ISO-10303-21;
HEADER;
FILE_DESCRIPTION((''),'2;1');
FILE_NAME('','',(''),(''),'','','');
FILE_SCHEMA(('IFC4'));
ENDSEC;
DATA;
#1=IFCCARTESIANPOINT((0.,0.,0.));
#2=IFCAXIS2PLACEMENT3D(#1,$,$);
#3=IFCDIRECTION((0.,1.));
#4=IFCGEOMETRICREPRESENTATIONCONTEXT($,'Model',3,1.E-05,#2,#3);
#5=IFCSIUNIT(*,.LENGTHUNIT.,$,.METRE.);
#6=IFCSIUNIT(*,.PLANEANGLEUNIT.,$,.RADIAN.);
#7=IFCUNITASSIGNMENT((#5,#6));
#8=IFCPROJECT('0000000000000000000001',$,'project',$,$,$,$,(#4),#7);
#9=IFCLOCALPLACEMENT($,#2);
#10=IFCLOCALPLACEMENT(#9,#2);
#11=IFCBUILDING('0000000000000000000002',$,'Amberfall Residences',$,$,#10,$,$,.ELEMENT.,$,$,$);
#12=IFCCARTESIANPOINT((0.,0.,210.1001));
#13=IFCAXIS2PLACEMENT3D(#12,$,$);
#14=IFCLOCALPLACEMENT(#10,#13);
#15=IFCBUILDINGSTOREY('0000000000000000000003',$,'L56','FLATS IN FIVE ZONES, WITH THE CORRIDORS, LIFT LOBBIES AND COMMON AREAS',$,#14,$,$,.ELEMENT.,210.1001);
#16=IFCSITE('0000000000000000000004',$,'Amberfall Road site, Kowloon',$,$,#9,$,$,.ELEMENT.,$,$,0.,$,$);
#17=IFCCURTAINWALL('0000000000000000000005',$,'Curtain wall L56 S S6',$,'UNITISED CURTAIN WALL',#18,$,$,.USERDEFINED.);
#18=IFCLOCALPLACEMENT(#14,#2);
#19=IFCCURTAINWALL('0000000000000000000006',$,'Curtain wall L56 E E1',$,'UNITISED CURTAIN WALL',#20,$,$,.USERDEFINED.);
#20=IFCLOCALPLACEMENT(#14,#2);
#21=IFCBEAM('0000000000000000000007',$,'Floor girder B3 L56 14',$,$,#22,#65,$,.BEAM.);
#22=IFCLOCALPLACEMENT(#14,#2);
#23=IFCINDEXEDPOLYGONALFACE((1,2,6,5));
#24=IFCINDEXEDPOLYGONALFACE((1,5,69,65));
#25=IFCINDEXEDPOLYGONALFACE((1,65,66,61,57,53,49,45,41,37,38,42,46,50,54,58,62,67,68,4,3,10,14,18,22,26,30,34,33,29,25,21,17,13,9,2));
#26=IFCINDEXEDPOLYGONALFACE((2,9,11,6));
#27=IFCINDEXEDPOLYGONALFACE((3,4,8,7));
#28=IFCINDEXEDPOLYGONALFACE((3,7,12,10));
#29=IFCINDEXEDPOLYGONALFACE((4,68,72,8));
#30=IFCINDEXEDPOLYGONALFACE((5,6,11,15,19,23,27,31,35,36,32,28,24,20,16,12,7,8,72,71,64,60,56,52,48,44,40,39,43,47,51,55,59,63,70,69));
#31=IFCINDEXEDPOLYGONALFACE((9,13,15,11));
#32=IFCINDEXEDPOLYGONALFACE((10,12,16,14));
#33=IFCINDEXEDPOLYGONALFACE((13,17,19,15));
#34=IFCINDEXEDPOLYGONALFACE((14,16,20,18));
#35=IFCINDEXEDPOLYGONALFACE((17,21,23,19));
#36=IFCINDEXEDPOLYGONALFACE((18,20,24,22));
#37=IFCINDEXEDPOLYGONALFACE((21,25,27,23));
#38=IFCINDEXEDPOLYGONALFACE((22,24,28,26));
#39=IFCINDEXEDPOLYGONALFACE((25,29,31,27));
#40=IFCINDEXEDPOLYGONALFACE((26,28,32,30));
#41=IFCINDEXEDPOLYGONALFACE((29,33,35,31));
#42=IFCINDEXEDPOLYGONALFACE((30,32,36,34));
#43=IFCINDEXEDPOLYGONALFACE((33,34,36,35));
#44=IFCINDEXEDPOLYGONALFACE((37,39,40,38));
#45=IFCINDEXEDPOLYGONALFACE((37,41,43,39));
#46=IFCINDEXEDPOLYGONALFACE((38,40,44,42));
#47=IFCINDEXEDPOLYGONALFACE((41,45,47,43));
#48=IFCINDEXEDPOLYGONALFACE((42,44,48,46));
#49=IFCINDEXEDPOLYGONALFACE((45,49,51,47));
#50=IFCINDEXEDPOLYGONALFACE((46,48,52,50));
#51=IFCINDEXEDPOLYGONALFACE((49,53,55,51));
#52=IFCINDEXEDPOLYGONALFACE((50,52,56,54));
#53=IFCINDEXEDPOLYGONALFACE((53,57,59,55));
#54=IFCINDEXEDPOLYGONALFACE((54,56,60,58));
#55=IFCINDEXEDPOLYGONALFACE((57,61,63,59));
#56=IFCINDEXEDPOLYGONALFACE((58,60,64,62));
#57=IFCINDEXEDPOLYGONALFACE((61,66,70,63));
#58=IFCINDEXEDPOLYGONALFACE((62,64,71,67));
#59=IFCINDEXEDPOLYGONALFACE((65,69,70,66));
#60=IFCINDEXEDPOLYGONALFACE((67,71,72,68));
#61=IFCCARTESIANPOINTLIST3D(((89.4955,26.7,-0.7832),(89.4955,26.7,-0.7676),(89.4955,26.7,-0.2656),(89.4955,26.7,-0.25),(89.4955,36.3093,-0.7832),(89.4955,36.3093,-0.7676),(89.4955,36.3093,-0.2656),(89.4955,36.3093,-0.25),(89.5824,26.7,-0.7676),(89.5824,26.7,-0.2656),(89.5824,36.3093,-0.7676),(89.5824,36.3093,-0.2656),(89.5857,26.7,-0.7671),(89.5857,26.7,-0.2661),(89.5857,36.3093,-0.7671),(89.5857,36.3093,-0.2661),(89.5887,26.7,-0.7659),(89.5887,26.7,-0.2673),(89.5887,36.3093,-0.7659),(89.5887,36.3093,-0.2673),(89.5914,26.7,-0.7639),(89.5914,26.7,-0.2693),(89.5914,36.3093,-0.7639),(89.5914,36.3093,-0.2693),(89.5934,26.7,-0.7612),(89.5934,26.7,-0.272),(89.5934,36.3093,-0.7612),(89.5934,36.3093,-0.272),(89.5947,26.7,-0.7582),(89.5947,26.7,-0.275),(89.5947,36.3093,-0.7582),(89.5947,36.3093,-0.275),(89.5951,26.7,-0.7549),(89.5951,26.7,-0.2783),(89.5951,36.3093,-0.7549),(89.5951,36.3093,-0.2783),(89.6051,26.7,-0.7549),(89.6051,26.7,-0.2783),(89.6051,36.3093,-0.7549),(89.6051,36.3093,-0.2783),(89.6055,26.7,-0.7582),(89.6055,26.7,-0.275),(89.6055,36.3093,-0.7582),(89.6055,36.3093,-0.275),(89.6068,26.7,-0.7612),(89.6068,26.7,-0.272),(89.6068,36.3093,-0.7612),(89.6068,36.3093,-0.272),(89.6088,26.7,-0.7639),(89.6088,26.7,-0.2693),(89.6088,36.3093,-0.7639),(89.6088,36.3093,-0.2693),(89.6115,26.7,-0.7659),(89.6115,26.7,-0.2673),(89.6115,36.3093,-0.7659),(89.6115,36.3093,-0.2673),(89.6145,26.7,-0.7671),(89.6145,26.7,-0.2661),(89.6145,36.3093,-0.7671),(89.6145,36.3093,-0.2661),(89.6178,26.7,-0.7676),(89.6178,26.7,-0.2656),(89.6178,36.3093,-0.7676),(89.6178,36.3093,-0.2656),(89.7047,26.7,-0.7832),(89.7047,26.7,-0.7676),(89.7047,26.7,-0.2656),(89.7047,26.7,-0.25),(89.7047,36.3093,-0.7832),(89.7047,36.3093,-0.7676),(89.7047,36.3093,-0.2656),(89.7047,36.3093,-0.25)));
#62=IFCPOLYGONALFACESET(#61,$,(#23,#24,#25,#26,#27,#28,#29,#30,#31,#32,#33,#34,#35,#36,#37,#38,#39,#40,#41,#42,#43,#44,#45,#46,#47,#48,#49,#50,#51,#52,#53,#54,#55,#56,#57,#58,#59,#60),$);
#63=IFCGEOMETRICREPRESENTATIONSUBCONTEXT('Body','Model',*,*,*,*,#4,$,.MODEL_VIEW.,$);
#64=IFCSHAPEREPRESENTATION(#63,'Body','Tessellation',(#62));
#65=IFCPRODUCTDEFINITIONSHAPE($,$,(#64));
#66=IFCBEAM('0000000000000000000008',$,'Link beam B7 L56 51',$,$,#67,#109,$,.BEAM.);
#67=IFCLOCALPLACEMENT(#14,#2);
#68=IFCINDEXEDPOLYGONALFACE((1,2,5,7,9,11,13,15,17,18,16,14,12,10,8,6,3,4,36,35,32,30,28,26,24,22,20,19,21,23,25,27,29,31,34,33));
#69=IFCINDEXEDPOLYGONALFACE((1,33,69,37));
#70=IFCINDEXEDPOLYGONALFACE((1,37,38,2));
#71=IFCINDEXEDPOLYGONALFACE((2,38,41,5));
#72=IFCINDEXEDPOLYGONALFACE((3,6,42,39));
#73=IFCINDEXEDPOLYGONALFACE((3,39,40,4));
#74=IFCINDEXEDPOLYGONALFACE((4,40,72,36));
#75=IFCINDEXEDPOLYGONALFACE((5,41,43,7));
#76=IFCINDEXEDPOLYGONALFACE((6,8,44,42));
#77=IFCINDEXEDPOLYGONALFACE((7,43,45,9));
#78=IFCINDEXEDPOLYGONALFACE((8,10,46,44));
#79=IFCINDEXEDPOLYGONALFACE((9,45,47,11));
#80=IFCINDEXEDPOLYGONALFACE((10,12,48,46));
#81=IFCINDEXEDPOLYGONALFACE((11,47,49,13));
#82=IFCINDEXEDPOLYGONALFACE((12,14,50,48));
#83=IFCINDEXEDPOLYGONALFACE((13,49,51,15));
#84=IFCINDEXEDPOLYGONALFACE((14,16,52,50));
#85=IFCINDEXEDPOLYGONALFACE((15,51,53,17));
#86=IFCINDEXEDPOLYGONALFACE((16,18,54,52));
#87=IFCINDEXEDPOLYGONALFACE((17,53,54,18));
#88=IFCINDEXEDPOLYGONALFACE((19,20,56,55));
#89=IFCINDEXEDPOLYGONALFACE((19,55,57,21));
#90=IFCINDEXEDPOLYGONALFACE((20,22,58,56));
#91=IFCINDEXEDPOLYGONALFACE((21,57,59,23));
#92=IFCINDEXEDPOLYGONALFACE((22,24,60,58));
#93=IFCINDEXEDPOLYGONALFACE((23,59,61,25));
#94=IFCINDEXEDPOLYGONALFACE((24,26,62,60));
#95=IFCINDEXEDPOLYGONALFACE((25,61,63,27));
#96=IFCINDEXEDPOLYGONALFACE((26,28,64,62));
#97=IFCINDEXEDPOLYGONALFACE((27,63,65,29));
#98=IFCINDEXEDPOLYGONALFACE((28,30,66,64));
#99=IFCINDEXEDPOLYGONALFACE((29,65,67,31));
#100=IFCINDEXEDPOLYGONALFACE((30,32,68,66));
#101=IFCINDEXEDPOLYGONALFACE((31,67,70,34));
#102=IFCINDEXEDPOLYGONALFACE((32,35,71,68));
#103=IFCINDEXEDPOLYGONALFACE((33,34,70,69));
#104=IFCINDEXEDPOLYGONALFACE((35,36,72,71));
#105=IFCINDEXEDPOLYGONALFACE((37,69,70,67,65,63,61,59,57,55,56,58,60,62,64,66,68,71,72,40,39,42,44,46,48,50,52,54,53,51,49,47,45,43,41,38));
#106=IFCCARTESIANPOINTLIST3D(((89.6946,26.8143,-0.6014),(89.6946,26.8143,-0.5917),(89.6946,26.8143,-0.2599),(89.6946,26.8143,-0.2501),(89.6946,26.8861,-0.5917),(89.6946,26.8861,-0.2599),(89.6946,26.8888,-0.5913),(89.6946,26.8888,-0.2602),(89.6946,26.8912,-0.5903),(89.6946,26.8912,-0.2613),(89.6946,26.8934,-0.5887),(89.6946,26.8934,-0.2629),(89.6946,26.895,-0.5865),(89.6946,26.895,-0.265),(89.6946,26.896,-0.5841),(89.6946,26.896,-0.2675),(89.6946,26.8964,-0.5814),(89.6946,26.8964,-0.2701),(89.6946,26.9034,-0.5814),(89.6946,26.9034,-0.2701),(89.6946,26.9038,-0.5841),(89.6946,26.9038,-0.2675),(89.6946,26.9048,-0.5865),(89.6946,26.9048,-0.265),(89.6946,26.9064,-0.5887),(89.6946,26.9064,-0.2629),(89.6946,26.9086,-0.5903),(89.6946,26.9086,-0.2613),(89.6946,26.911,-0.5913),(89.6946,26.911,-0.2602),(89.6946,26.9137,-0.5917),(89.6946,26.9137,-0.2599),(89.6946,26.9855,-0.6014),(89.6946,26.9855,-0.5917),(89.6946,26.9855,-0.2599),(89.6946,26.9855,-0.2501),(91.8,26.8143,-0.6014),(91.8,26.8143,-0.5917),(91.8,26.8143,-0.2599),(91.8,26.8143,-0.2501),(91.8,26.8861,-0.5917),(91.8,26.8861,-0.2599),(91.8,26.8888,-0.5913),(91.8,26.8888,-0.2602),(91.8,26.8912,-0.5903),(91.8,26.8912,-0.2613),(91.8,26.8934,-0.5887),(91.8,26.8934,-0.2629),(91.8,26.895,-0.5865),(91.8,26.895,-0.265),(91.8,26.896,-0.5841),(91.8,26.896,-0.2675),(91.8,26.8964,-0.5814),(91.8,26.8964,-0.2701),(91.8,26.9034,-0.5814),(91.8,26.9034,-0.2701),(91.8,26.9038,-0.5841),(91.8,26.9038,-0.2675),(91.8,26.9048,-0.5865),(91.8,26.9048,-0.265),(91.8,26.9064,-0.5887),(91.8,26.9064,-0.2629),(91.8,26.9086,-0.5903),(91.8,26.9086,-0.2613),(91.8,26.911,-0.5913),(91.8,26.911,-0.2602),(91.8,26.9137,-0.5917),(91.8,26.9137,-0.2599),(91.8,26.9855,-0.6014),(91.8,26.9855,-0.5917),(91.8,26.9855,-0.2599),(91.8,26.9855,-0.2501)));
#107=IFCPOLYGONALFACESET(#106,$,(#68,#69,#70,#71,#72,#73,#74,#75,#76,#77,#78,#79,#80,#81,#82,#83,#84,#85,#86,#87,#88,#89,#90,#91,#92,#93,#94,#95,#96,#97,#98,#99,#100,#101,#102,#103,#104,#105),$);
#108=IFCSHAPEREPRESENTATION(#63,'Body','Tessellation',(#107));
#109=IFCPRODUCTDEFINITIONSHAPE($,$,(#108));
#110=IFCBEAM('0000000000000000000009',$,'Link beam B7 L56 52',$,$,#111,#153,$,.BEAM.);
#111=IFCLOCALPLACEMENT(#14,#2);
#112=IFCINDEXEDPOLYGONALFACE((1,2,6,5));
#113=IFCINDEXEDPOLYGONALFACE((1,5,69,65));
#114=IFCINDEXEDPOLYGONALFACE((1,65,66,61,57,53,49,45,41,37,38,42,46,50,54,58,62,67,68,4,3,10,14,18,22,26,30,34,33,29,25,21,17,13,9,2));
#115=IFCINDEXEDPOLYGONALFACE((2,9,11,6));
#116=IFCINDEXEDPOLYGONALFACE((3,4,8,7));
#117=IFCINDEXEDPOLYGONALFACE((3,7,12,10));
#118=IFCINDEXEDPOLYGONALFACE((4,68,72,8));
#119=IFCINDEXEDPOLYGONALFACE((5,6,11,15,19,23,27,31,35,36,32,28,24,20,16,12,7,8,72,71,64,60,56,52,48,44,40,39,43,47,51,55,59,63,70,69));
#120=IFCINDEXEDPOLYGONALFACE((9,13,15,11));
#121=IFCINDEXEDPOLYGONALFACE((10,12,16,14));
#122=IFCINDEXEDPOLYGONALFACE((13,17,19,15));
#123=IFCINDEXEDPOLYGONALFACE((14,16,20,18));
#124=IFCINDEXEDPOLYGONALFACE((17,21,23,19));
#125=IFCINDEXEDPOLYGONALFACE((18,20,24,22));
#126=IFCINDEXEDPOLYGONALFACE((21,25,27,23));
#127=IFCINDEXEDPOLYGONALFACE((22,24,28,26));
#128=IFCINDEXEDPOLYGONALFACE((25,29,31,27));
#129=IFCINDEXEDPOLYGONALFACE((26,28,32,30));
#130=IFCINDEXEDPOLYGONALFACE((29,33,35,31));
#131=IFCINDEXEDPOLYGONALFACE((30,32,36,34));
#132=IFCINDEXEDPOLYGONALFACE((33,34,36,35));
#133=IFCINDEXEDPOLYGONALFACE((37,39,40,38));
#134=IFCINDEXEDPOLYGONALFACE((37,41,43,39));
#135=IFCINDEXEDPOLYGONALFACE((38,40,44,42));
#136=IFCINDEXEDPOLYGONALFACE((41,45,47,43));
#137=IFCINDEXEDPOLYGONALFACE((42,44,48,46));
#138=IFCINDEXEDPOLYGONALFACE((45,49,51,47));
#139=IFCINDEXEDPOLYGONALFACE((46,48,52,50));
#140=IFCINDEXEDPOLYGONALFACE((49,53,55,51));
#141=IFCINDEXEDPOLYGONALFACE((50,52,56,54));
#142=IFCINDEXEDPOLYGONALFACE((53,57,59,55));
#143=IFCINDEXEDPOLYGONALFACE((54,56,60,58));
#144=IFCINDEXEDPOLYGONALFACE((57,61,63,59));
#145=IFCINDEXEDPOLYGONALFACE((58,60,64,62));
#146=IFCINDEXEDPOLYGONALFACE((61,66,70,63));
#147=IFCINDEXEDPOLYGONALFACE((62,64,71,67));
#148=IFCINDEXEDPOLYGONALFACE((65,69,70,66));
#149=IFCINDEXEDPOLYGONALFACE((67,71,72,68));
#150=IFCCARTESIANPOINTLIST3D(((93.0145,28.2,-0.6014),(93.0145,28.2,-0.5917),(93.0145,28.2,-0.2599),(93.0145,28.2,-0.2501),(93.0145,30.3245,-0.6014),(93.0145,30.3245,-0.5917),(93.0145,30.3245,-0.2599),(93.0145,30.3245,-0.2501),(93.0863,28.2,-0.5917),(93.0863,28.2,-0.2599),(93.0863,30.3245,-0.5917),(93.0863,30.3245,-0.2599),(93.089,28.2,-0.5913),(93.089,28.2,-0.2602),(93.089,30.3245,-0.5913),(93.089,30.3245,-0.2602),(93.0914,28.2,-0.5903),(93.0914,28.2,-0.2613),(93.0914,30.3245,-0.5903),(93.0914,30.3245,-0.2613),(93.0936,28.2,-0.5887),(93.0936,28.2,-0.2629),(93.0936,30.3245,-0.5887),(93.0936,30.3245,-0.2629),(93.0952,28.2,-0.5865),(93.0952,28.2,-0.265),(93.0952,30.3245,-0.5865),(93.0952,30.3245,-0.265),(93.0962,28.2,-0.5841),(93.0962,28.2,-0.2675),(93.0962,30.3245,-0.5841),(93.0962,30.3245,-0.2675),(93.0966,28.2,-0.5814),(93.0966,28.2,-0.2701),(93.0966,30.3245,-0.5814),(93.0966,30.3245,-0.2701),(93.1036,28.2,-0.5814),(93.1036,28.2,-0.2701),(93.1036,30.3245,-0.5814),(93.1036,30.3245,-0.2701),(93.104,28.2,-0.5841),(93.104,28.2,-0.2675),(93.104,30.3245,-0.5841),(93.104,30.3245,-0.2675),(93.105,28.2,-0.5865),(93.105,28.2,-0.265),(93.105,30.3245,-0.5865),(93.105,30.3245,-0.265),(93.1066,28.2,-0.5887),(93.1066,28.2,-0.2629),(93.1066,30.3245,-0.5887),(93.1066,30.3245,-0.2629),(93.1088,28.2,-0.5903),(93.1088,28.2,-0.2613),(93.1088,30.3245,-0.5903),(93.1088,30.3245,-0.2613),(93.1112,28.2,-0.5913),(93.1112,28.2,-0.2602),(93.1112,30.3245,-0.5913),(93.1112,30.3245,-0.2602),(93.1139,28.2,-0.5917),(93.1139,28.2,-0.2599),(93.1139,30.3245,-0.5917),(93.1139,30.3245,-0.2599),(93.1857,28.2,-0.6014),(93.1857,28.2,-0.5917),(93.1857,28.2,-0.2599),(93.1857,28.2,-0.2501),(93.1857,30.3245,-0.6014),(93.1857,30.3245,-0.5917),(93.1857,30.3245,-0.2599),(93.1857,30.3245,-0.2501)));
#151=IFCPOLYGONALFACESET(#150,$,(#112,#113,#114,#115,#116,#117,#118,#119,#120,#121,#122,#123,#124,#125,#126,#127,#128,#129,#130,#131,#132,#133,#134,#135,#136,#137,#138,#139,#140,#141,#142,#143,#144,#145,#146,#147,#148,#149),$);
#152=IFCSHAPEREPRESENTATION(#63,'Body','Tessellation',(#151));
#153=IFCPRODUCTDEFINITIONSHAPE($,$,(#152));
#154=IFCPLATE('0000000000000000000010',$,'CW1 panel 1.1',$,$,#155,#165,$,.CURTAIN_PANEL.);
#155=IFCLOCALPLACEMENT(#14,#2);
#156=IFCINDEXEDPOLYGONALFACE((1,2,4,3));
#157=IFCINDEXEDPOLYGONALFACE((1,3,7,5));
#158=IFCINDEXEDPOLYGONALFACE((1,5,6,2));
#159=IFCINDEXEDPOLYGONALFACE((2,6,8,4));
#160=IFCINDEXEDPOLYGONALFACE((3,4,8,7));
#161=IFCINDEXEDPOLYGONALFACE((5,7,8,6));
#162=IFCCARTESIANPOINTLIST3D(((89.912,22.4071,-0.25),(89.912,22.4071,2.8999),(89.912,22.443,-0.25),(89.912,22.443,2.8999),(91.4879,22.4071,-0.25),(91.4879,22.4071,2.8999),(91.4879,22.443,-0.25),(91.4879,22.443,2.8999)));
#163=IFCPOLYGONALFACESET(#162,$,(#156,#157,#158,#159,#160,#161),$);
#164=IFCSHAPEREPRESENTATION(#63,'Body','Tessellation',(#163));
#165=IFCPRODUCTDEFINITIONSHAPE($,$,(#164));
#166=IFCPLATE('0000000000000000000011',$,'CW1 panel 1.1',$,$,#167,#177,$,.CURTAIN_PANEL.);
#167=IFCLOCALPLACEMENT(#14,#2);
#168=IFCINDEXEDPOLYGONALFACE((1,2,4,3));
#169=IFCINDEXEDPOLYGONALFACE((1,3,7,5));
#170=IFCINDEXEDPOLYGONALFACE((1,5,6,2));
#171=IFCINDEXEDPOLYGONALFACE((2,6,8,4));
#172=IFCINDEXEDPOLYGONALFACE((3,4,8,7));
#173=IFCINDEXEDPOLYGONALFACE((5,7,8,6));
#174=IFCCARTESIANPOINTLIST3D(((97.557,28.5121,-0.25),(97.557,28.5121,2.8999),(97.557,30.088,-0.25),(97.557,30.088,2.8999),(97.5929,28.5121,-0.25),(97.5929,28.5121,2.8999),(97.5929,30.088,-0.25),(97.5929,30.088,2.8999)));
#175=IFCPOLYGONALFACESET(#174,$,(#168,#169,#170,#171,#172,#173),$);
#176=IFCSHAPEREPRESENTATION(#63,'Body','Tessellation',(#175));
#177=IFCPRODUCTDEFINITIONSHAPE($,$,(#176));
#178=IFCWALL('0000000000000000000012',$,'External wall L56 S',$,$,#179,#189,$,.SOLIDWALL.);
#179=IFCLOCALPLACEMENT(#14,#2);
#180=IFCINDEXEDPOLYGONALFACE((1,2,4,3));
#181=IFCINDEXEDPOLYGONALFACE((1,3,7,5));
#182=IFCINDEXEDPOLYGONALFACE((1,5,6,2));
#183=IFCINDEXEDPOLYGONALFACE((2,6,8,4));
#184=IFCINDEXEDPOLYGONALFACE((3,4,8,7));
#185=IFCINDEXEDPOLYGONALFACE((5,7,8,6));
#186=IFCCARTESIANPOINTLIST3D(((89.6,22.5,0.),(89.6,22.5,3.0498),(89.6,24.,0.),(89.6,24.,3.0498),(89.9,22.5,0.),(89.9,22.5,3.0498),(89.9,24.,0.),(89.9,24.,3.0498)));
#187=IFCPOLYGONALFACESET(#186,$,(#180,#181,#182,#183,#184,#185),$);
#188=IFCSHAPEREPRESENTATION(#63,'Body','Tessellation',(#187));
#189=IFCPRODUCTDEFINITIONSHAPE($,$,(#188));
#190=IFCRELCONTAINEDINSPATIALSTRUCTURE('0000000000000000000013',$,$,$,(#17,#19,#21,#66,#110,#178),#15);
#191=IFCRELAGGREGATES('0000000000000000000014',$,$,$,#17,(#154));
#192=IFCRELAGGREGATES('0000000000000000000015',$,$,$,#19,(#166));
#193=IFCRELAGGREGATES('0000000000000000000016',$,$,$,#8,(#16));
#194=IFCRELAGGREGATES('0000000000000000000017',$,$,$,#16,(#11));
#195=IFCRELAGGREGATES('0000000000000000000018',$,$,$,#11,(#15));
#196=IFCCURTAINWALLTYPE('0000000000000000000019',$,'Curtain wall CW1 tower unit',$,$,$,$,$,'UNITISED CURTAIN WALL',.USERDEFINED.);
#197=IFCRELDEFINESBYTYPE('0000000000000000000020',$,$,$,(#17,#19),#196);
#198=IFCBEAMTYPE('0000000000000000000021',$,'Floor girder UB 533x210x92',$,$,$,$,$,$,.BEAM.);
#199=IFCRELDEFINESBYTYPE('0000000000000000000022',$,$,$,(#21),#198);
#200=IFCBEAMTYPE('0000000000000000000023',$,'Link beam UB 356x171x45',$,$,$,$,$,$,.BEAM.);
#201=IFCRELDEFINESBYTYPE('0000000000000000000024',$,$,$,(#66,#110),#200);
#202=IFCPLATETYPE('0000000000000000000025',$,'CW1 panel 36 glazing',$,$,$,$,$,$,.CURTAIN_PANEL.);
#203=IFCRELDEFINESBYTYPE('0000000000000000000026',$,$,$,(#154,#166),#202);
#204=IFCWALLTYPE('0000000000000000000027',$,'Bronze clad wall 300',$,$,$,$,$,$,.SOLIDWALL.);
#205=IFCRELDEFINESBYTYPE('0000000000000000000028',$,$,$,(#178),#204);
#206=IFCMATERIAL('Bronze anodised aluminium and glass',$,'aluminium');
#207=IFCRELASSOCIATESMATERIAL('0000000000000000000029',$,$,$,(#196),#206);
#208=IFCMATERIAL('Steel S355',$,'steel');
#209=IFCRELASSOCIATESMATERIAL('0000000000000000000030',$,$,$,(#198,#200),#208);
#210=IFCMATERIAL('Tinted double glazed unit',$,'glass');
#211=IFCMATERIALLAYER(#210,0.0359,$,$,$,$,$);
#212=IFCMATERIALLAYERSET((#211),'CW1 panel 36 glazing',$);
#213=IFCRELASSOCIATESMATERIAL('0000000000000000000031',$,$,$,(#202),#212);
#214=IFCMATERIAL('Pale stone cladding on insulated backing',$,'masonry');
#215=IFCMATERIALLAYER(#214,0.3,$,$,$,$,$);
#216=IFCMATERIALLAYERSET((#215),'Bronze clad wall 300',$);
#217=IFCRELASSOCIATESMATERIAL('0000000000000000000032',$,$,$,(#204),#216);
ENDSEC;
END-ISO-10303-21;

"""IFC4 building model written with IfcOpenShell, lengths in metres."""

from ifc_helpers import new_model, si_unit, direction, frame, frame_2d, origin, origin_2d, place, context, subcontext, project, spatial, rectangle, i_section, extrude, material, layer, layer_set, material_profile, profile_set, type_object, element, aggregate, save


model = new_model("IFC4")

# Units and contexts
model_context = context("Model", 3, precision=1e-05, world=origin(), true_north=direction((0.0, 1.0)))
body_context = subcontext(model_context, "Body", "Model", "MODEL_VIEW")
ifc_project = project(units=[si_unit("LENGTHUNIT", "METRE"), si_unit("PLANEANGLEUNIT", "RADIAN")], contexts=[model_context])

# Site, building, storey
site_placement = place(None, origin())
site = spatial("IfcSite", under=ifc_project, at=site_placement, Name="Amberfall Road site, Kowloon", CompositionType="ELEMENT", RefElevation=0.0)
building_placement = place(site_placement, origin())
building = spatial("IfcBuilding", under=site, at=building_placement, Name="Amberfall Residences", CompositionType="ELEMENT")
storey_placement = place(building_placement, frame((0.0, 0.0, 210.1001)))
storey = spatial("IfcBuildingStorey", under=building, at=storey_placement, Name="L56", Description="FLATS IN FIVE ZONES, WITH THE CORRIDORS, LIFT LOBBIES AND COMMON AREAS", CompositionType="ELEMENT", Elevation=210.1001)

# Curtain walls
ifc_material_1 = material(Name="Bronze anodised aluminium and glass", Category="aluminium")
curtain_wall_type = type_object("IfcCurtainWallType", Name="Curtain wall CW1 tower unit", ElementType="UNITISED CURTAIN WALL", PredefinedType="USERDEFINED", material=ifc_material_1)
curtain_wall_1_placement = place(storey_placement, origin())
curtain_wall_1 = element("IfcCurtainWall", 1, at=curtain_wall_1_placement, inside=storey, type_object=curtain_wall_type, Name="Curtain wall L56 S S6", ObjectType="UNITISED CURTAIN WALL", PredefinedType="USERDEFINED")
curtain_wall_2_placement = place(storey_placement, origin())
curtain_wall_2 = element("IfcCurtainWall", 2, at=curtain_wall_2_placement, inside=storey, type_object=curtain_wall_type, Name="Curtain wall L56 E E1", ObjectType="UNITISED CURTAIN WALL", PredefinedType="USERDEFINED")

# Shared definitions
ifc_material_2 = material(Name="Steel S355", Category="steel")

# Beams
ifc_material_profile_1 = material_profile(ifc_material_2, i_section(OverallWidth=0.2092, OverallDepth=0.5332, WebThickness=0.01, FlangeThickness=0.0156, FilletRadius=0.0127, at=origin_2d()), Name="UB 533x210x92")
ifc_profile_set_1 = profile_set([ifc_material_profile_1], Name="Steel S355")
beam_type_1 = type_object("IfcBeamType", Name="Floor girder UB 533x210x92", PredefinedType="BEAM", material=ifc_profile_set_1)
beam_1_placement = place(storey_placement, frame((89.6001, 26.7, -0.5166), z_axis=(0.0, 1.0, 0.0), x_axis=(-1.0, 0.0, 0.0)))
element("IfcBeam", 3, at=beam_1_placement, inside=storey, type_object=beam_type_1, Name="Floor girder B3 L56 14", PredefinedType="BEAM", context=body_context, shape_type="SweptSolid", body=[
    extrude(i_section(OverallWidth=0.2092, OverallDepth=0.5332, WebThickness=0.01, FlangeThickness=0.0156, FilletRadius=0.0127, at=origin_2d()), origin(), (0.0, 0.0, 1.0), 9.6094),
])
ifc_material_profile_2 = material_profile(ifc_material_2, i_section(OverallWidth=0.1711, OverallDepth=0.3513, WebThickness=0.0071, FlangeThickness=0.0098, FilletRadius=0.0103, at=origin_2d()), Name="UB 356x171x45")
ifc_profile_set_2 = profile_set([ifc_material_profile_2], Name="Steel S355")
beam_type_2 = type_object("IfcBeamType", Name="Link beam UB 356x171x45", PredefinedType="BEAM", material=ifc_profile_set_2)
beam_2_placement = place(storey_placement, frame((91.8, 26.8999, -0.4258), z_axis=(-1.0, 0.0, 0.0), x_axis=(0.0, -1.0, 0.0)))
element("IfcBeam", 4, at=beam_2_placement, inside=storey, type_object=beam_type_2, Name="Link beam B7 L56 51", PredefinedType="BEAM", context=body_context, shape_type="SweptSolid", body=[
    extrude(i_section(OverallWidth=0.1711, OverallDepth=0.3513, WebThickness=0.0071, FlangeThickness=0.0098, FilletRadius=0.0103, at=origin_2d()), origin(), (0.0, 0.0, 1.0), 2.1055),
])
beam_3_placement = place(storey_placement, frame((93.1001, 28.2, -0.4258), z_axis=(0.0, 1.0, 0.0), x_axis=(-1.0, 0.0, 0.0)))
element("IfcBeam", 5, at=beam_3_placement, inside=storey, type_object=beam_type_2, Name="Link beam B7 L56 52", PredefinedType="BEAM", context=body_context, shape_type="SweptSolid", body=[
    extrude(i_section(OverallWidth=0.1711, OverallDepth=0.3513, WebThickness=0.0071, FlangeThickness=0.0098, FilletRadius=0.0103, at=origin_2d()), origin(), (0.0, 0.0, 1.0), 2.1245),
])

# Plates
ifc_material_3 = material(Name="Tinted double glazed unit", Category="glass")
ifc_layer_1 = layer(ifc_material_3, 0.0359)
ifc_layer_set_1 = layer_set([ifc_layer_1], Name="CW1 panel 36 glazing")
plate_type = type_object("IfcPlateType", Name="CW1 panel 36 glazing", PredefinedType="CURTAIN_PANEL", material=ifc_layer_set_1)
plate_1_placement = place(storey_placement, frame((90.7, 22.425, -0.25), z_axis=(0.0, 0.0, 1.0), x_axis=(1.0, 0.0, 0.0)))
plate_1 = element("IfcPlate", 6, at=plate_1_placement, type_object=plate_type, Name="CW1 panel 1.1", PredefinedType="CURTAIN_PANEL", context=body_context, shape_type="SweptSolid", body=[
    extrude(rectangle(XDim=1.5759, YDim=0.0359, at=origin_2d()), origin(), (0.0, 0.0, 1.0), 3.1499),
])
aggregate(curtain_wall_1, [plate_1])
plate_2_placement = place(storey_placement, frame((97.575, 29.3, -0.25), z_axis=(0.0, 0.0, 1.0), x_axis=(0.0, 1.0, 0.0)))
plate_2 = element("IfcPlate", 7, at=plate_2_placement, type_object=plate_type, Name="CW1 panel 1.1", PredefinedType="CURTAIN_PANEL", context=body_context, shape_type="SweptSolid", body=[
    extrude(rectangle(XDim=1.5759, YDim=0.0359, at=origin_2d()), origin(), (0.0, 0.0, 1.0), 3.1499),
])
aggregate(curtain_wall_2, [plate_2])

# Wall
ifc_material_4 = material(Name="Pale stone cladding on insulated backing", Category="masonry")
ifc_layer_2 = layer(ifc_material_4, 0.3)
ifc_layer_set_2 = layer_set([ifc_layer_2], Name="Bronze clad wall 300")
wall_type_1 = type_object("IfcWallType", Name="Bronze clad wall 300", PredefinedType="SOLIDWALL", material=ifc_layer_set_2)
wall_1_placement = place(storey_placement, frame((89.75, 24.0, 0.0), z_axis=(0.0, 0.0, 1.0), x_axis=(0.0, -1.0, 0.0)))
element("IfcWall", 8, at=wall_1_placement, inside=storey, type_object=wall_type_1, Name="External wall L56 S", PredefinedType="SOLIDWALL", context=body_context, shape_type="SweptSolid", body=[
    extrude(rectangle(XDim=1.5, YDim=0.3, at=frame_2d((0.75, 0.0))), origin(), (0.0, 0.0, 1.0), 3.0498),
])

save(model, "model.ifc")
